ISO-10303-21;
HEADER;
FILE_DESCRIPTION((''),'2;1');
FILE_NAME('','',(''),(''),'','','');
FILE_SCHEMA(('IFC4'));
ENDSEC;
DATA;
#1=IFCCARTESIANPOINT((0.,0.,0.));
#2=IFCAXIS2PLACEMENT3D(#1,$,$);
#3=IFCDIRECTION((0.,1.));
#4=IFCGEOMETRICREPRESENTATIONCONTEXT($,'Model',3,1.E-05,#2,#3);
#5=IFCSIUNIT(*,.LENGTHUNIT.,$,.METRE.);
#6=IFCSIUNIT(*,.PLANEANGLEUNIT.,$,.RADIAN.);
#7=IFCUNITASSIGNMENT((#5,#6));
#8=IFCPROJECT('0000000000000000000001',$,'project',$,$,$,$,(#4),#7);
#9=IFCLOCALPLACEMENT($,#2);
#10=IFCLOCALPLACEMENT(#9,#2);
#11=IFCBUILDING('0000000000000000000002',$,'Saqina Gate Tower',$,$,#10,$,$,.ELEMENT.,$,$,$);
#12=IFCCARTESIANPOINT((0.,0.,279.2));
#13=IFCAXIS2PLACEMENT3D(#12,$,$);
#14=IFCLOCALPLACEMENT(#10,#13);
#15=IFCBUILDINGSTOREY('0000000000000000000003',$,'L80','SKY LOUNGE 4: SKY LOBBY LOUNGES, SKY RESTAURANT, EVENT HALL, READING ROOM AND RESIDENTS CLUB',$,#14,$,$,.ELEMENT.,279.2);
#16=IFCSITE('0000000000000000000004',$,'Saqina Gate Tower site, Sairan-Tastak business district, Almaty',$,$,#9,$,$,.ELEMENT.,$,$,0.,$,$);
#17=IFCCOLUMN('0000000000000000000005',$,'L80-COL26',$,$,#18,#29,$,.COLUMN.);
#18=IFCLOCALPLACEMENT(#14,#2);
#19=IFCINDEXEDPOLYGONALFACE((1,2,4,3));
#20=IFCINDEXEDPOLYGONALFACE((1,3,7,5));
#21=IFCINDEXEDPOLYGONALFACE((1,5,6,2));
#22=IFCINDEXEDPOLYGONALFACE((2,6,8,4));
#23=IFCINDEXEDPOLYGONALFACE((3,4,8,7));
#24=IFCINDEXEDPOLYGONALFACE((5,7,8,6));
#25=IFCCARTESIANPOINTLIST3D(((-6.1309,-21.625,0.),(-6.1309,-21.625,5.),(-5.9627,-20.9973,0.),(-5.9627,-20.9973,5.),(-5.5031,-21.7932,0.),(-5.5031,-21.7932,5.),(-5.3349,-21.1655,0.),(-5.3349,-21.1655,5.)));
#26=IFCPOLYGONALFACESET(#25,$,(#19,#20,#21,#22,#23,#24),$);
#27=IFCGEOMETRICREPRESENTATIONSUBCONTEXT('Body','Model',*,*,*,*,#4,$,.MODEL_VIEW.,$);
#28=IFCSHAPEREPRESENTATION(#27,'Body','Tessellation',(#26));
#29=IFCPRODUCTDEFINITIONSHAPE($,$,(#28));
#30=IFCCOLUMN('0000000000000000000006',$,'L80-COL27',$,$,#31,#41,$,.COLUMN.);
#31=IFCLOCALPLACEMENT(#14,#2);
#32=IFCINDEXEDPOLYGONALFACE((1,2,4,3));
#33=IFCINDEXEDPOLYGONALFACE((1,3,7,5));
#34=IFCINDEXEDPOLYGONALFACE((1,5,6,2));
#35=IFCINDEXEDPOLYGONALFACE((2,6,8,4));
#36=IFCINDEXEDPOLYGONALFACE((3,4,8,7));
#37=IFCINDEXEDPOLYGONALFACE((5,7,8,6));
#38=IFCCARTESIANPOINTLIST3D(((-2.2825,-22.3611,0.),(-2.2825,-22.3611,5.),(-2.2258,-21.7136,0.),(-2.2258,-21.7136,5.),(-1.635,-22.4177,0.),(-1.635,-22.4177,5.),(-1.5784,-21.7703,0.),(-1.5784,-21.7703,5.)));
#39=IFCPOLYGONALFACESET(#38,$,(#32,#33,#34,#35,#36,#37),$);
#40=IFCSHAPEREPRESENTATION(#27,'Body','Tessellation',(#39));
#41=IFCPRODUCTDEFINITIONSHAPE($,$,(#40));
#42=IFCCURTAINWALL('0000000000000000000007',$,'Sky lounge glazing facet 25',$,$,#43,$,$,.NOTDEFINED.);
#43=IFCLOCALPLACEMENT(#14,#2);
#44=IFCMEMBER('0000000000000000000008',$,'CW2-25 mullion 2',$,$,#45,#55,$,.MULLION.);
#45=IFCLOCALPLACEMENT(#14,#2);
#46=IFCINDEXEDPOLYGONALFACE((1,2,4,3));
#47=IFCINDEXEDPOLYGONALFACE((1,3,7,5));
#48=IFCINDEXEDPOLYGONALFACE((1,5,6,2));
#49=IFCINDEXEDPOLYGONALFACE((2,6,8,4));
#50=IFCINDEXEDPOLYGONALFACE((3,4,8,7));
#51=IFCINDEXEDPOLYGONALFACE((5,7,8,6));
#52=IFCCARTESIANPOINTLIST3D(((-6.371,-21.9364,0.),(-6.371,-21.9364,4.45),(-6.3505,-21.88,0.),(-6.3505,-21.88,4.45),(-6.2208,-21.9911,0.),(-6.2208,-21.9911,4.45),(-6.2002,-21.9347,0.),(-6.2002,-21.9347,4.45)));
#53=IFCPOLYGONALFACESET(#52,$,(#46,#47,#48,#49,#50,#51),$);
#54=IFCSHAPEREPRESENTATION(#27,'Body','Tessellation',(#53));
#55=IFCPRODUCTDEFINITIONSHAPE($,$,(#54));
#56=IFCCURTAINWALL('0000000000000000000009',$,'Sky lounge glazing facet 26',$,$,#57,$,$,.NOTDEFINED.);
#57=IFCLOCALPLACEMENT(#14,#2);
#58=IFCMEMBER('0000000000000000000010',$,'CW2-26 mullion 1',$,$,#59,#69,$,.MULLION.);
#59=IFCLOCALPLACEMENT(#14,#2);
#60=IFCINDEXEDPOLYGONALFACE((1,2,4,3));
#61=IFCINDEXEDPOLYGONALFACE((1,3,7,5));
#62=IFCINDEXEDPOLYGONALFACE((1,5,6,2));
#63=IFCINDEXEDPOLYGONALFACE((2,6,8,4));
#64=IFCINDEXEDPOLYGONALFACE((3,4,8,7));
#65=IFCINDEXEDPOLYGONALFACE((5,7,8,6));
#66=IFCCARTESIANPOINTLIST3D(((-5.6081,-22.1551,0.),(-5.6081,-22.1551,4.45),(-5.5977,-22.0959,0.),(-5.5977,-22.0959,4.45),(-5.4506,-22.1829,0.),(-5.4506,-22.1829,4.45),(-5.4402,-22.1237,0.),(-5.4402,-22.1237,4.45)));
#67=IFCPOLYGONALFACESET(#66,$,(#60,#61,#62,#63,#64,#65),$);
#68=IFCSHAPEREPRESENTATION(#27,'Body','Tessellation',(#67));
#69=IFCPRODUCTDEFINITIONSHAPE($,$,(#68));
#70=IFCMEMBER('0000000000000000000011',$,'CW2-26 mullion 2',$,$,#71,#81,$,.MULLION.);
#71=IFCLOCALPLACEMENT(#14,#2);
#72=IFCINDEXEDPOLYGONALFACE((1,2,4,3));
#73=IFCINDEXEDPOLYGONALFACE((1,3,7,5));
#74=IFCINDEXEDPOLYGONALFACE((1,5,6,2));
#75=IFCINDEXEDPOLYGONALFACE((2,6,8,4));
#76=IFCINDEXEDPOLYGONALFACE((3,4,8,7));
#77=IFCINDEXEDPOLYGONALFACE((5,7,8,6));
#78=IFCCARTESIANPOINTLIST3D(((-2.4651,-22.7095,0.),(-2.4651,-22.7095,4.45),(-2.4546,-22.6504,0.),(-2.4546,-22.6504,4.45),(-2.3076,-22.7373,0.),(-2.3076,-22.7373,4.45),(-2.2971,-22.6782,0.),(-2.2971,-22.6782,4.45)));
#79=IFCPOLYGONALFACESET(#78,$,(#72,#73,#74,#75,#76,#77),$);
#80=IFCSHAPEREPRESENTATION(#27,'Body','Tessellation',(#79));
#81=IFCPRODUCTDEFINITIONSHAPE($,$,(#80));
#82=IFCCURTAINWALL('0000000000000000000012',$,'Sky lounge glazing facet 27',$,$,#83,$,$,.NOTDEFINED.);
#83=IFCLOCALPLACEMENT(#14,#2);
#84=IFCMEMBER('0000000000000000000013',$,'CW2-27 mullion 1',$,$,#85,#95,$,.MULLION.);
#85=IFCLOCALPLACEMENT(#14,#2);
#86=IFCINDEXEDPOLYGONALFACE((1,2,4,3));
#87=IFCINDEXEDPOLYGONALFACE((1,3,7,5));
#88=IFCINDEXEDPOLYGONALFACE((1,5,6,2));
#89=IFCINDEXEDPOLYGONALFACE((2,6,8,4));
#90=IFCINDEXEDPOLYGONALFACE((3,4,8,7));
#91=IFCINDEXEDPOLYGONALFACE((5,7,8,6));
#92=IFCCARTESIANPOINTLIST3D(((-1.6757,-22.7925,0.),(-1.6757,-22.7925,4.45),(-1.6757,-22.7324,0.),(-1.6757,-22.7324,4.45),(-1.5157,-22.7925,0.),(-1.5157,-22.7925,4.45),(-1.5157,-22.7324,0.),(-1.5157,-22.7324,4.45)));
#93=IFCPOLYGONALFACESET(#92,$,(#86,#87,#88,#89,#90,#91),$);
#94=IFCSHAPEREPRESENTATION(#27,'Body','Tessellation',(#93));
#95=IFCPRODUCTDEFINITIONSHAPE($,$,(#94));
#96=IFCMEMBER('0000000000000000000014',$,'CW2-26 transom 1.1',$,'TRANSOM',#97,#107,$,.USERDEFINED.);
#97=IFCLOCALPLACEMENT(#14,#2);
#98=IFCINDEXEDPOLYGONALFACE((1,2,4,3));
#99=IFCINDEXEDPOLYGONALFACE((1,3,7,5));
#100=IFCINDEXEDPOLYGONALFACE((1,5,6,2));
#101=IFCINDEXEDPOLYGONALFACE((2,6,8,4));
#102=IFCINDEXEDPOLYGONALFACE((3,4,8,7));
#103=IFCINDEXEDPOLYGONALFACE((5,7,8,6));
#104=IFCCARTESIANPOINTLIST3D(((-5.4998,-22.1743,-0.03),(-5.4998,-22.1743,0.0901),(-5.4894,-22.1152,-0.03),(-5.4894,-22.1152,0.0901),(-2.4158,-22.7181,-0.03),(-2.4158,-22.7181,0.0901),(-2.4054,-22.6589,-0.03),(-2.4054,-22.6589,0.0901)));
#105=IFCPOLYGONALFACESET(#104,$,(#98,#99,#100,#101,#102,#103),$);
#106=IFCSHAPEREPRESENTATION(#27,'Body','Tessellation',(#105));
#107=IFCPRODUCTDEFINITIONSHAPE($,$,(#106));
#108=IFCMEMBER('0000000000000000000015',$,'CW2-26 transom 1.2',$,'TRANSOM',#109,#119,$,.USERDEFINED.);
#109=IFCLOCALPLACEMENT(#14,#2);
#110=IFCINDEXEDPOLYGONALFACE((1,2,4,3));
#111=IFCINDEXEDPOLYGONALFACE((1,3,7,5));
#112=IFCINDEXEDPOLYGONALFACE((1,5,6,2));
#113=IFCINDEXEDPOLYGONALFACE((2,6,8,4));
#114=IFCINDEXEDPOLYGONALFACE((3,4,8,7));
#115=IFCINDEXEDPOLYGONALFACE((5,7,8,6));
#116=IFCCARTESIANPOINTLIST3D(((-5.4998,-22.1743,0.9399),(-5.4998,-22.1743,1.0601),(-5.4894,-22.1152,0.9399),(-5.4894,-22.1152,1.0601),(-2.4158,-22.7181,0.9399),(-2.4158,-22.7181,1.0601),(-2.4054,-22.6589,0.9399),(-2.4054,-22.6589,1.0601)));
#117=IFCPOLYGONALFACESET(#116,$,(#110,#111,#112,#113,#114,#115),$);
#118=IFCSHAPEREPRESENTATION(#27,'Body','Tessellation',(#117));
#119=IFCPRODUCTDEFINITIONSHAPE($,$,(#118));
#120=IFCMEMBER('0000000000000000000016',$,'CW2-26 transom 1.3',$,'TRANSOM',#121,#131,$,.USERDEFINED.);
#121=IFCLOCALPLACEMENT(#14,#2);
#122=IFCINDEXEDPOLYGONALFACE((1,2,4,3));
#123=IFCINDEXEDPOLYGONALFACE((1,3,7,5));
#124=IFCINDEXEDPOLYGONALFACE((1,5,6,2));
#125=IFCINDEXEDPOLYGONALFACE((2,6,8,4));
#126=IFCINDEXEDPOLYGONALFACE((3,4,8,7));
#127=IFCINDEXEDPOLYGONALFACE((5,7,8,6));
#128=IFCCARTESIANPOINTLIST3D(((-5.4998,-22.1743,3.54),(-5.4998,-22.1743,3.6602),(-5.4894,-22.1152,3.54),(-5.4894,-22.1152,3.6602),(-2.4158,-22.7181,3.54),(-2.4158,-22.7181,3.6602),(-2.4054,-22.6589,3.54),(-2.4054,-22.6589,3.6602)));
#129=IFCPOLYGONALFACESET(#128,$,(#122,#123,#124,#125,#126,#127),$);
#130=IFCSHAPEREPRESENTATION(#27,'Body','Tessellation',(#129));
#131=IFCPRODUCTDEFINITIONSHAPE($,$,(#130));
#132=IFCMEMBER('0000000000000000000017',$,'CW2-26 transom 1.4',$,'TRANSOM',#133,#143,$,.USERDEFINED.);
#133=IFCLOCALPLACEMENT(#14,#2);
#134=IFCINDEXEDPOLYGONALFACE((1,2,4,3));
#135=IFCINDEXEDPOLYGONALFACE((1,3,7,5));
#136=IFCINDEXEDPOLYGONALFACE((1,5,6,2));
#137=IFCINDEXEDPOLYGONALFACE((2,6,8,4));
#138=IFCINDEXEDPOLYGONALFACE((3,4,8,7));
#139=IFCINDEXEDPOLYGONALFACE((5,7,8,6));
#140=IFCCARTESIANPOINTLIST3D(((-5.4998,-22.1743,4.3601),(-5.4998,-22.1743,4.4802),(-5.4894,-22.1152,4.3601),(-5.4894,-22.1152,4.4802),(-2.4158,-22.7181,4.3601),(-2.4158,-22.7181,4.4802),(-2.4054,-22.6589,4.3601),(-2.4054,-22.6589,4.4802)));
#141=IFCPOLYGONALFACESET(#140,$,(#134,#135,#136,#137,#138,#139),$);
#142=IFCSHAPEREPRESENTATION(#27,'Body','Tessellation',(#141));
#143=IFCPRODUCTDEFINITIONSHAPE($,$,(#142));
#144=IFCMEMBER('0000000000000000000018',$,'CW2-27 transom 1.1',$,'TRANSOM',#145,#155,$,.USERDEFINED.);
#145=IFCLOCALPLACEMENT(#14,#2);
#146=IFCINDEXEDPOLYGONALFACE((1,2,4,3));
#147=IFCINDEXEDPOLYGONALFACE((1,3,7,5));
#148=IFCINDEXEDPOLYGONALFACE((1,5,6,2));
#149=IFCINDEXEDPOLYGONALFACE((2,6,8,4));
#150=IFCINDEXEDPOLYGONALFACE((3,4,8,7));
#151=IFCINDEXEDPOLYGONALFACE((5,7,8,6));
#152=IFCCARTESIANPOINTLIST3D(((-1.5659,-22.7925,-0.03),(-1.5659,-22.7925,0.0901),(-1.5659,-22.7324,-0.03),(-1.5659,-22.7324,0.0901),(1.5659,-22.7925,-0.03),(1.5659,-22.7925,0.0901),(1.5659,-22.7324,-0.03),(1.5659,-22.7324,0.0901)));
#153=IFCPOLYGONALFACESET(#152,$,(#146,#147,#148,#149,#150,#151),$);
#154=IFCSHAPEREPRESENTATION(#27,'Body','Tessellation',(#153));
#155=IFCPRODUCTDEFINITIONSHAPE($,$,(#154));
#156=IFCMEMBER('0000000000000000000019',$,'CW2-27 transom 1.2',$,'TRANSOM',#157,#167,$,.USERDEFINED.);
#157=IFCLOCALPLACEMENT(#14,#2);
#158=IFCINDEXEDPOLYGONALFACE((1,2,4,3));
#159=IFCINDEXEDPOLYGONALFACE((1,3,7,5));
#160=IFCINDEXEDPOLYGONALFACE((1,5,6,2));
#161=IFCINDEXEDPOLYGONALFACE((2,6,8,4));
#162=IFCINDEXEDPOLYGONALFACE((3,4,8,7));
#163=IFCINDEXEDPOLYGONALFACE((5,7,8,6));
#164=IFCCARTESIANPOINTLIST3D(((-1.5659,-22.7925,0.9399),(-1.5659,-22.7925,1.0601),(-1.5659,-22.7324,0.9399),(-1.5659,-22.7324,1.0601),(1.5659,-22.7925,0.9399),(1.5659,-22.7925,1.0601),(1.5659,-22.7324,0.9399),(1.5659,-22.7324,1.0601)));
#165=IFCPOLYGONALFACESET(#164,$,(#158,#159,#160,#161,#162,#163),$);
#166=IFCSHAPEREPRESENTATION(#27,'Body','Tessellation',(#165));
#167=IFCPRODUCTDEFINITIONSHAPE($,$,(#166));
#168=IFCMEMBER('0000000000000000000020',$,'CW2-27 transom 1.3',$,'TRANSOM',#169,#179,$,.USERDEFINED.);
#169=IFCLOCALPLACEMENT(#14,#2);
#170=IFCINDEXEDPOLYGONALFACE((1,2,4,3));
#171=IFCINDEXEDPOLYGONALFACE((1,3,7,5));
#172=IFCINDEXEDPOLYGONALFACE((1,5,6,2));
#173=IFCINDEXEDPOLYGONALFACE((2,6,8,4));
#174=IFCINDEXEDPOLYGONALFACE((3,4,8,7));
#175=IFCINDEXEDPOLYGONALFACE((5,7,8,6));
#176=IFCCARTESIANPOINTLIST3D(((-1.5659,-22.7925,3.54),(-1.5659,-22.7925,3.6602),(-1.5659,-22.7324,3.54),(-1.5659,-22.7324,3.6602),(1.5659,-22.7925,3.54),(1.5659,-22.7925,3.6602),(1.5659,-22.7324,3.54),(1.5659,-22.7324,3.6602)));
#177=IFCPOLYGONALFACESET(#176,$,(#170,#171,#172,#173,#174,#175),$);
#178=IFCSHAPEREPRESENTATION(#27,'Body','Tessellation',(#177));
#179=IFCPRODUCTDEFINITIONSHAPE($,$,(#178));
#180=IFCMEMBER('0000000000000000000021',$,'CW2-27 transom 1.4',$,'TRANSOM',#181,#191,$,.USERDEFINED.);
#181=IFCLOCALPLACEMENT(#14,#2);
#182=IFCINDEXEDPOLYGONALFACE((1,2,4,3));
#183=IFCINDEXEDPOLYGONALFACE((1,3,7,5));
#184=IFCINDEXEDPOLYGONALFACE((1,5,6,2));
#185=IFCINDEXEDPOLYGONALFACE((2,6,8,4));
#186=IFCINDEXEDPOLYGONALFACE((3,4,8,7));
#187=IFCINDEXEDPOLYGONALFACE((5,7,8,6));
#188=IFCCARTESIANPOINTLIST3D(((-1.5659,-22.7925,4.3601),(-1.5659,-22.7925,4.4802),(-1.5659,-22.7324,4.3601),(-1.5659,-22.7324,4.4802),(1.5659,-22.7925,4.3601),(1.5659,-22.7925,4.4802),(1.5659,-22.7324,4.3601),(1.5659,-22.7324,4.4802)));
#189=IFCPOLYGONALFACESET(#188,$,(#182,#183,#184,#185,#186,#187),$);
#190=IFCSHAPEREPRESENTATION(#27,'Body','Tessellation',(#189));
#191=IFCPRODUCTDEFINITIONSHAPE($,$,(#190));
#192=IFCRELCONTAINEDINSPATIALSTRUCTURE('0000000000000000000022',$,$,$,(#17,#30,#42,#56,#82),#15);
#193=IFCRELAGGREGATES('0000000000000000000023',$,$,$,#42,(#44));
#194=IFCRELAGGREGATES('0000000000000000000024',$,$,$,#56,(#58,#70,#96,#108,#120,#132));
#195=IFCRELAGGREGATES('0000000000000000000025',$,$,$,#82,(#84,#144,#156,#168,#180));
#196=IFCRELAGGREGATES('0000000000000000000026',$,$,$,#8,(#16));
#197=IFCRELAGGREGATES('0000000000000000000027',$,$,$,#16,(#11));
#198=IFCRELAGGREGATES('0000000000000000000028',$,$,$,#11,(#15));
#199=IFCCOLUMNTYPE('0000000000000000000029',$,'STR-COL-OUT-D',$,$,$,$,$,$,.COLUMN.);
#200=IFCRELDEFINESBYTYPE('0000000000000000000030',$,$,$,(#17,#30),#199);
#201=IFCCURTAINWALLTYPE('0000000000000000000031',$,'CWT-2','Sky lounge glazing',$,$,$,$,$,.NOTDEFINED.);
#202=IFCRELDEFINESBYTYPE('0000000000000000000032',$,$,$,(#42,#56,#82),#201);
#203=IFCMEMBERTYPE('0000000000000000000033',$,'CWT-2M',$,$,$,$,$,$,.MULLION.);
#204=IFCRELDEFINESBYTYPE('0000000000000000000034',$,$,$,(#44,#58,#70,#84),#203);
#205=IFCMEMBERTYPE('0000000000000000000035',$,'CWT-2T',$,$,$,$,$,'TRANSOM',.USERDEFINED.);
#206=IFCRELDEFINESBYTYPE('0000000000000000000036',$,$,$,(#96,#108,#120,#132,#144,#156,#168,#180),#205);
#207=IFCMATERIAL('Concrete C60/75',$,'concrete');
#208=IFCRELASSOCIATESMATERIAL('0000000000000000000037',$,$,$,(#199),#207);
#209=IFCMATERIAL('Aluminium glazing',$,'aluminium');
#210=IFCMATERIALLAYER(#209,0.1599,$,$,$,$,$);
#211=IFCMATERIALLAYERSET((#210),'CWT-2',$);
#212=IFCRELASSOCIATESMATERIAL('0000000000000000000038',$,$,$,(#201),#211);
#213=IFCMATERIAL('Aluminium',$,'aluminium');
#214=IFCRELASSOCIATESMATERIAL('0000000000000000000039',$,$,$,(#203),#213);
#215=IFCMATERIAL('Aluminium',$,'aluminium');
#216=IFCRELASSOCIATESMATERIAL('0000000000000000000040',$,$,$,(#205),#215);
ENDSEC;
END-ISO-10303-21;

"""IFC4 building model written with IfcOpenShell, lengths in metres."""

from ifc_helpers import new_model, si_unit, direction, frame, origin, origin_2d, place, context, subcontext, project, spatial, rectangle, extrude, material, layer, layer_set, material_profile, profile_set, type_object, element, aggregate, save


model = new_model("IFC4")

# Units and contexts
model_context = context("Model", 3, precision=1e-05, world=origin(), true_north=direction((0.0, 1.0)))
body_context = subcontext(model_context, "Body", "Model", "MODEL_VIEW")
ifc_project = project(units=[si_unit("LENGTHUNIT", "METRE"), si_unit("PLANEANGLEUNIT", "RADIAN")], contexts=[model_context])

# Site, building, storey
site_placement = place(None, origin())
site = spatial("IfcSite", under=ifc_project, at=site_placement, Name="Saqina Gate Tower site, Sairan-Tastak business district, Almaty", CompositionType="ELEMENT", RefElevation=0.0)
building_placement = place(site_placement, origin())
building = spatial("IfcBuilding", under=site, at=building_placement, Name="Saqina Gate Tower", CompositionType="ELEMENT")
storey_placement = place(building_placement, frame((0.0, 0.0, 279.2)))
storey = spatial("IfcBuildingStorey", under=building, at=storey_placement, Name="L80", Description="SKY LOUNGE 4: SKY LOBBY LOUNGES, SKY RESTAURANT, EVENT HALL, READING ROOM AND RESIDENTS CLUB", CompositionType="ELEMENT", Elevation=279.2)

# Columns
ifc_material_1 = material(Name="Concrete C60/75", Category="concrete")
ifc_material_profile_1 = material_profile(ifc_material_1, rectangle(XDim=0.6499, YDim=0.6499, at=origin_2d()), Name="RC 650x650")
ifc_profile_set_1 = profile_set([ifc_material_profile_1], Name="Concrete C60/75")
column_type = type_object("IfcColumnType", Name="STR-COL-OUT-D", PredefinedType="COLUMN", material=ifc_profile_set_1)
for number, where, z_axis, x_axis, name in (
    (1, (-5.7329, -21.3953, 0.0), (0.0, 0.0, 1.0), (-0.258819, -0.965926, 0.0), "L80-COL26"),
    (2, (-1.9304, -22.0657, 0.0), (0.0, 0.0, 1.0), (-0.087156, -0.996195, 0.0), "L80-COL27"),
):
    element("IfcColumn", number, at=place(storey_placement, frame(where, z_axis=z_axis, x_axis=x_axis)), inside=storey, type_object=column_type, Name=name, PredefinedType="COLUMN", context=body_context, shape_type="SweptSolid", body=[
        extrude(rectangle(XDim=0.6499, YDim=0.6499, at=origin_2d()), origin(), (0.0, 0.0, 1.0), 5.0),
    ])

# Curtain wall, member
ifc_material_2 = material(Name="Aluminium glazing", Category="aluminium")
ifc_layer_1 = layer(ifc_material_2, 0.1599)
ifc_layer_set_1 = layer_set([ifc_layer_1], Name="CWT-2")
curtain_wall_type = type_object("IfcCurtainWallType", Name="CWT-2", Description="Sky lounge glazing", PredefinedType="NOTDEFINED", material=ifc_layer_set_1)
curtain_wall_1_placement = place(storey_placement, origin())
curtain_wall_1 = element("IfcCurtainWall", 3, at=curtain_wall_1_placement, inside=storey, type_object=curtain_wall_type, Name="Sky lounge glazing facet 25", PredefinedType="NOTDEFINED")
ifc_material_3 = material(Name="Aluminium", Category="aluminium")
ifc_material_profile_2 = material_profile(ifc_material_3, rectangle(XDim=0.0601, YDim=0.1599, at=origin_2d()), Name="Aluminium 60x160")
ifc_profile_set_2 = profile_set([ifc_material_profile_2], Name="Aluminium")
member_type_1 = type_object("IfcMemberType", Name="CWT-2M", PredefinedType="MULLION", material=ifc_profile_set_2)
member_1_placement = place(storey_placement, frame((-6.2856, -21.9355, 0.0), z_axis=(0.0, 0.0, 1.0), x_axis=(0.342007, 0.939697, 0.0)))
member_1 = element("IfcMember", 4, at=member_1_placement, type_object=member_type_1, Name="CW2-25 mullion 2", PredefinedType="MULLION", context=body_context, shape_type="SweptSolid", body=[
    extrude(rectangle(XDim=0.0601, YDim=0.1599, at=origin_2d()), origin(), (0.0, 0.0, 1.0), 4.45),
])
aggregate(curtain_wall_1, [member_1])

# Curtain wall, members
curtain_wall_2_placement = place(storey_placement, origin())
curtain_wall_2 = element("IfcCurtainWall", 5, at=curtain_wall_2_placement, inside=storey, type_object=curtain_wall_type, Name="Sky lounge glazing facet 26", PredefinedType="NOTDEFINED")
member_2_placement = place(storey_placement, frame((-5.5242, -22.1394, 0.0), z_axis=(0.0, 0.0, 1.0), x_axis=(0.173663, 0.984805, 0.0)))
member_2 = element("IfcMember", 6, at=member_2_placement, type_object=member_type_1, Name="CW2-26 mullion 1", PredefinedType="MULLION", context=body_context, shape_type="SweptSolid", body=[
    extrude(rectangle(XDim=0.0601, YDim=0.1599, at=origin_2d()), origin(), (0.0, 0.0, 1.0), 4.45),
])
member_3_placement = place(storey_placement, frame((-2.3811, -22.6938, 0.0), z_axis=(0.0, 0.0, 1.0), x_axis=(0.173663, 0.984805, 0.0)))
member_3 = element("IfcMember", 7, at=member_3_placement, type_object=member_type_1, Name="CW2-26 mullion 2", PredefinedType="MULLION", context=body_context, shape_type="SweptSolid", body=[
    extrude(rectangle(XDim=0.0601, YDim=0.1599, at=origin_2d()), origin(), (0.0, 0.0, 1.0), 4.45),
])

# Curtain wall, member
curtain_wall_3_placement = place(storey_placement, origin())
curtain_wall_3 = element("IfcCurtainWall", 8, at=curtain_wall_3_placement, inside=storey, type_object=curtain_wall_type, Name="Sky lounge glazing facet 27", PredefinedType="NOTDEFINED")
member_4_placement = place(storey_placement, frame((-1.5957, -22.7625, 0.0), z_axis=(0.0, 0.0, 1.0), x_axis=(0.0, 1.0, 0.0)))
member_4 = element("IfcMember", 9, at=member_4_placement, type_object=member_type_1, Name="CW2-27 mullion 1", PredefinedType="MULLION", context=body_context, shape_type="SweptSolid", body=[
    extrude(rectangle(XDim=0.0601, YDim=0.1599, at=origin_2d()), origin(), (0.0, 0.0, 1.0), 4.45),
])

# Members
ifc_material_4 = material(Name="Aluminium", Category="aluminium")
ifc_material_profile_3 = material_profile(ifc_material_4, rectangle(XDim=0.0601, YDim=0.1201, at=origin_2d()), Name="Aluminium 60x120")
ifc_profile_set_3 = profile_set([ifc_material_profile_3], Name="Aluminium")
member_type_2 = type_object("IfcMemberType", Name="CWT-2T", ElementType="TRANSOM", PredefinedType="USERDEFINED", material=ifc_profile_set_3)
member_5_placement = place(storey_placement, frame((-5.4946, -22.1448, 0.03), z_axis=(0.984813, -0.173621, 0.0), x_axis=(0.173621, 0.984813, 0.0)))
member_5 = element("IfcMember", 10, at=member_5_placement, type_object=member_type_2, Name="CW2-26 transom 1.1", ObjectType="TRANSOM", PredefinedType="USERDEFINED", context=body_context, shape_type="SweptSolid", body=[
    extrude(rectangle(XDim=0.0601, YDim=0.1201, at=origin_2d()), origin(), (0.0, 0.0, 1.0), 3.1316),
])
member_6_placement = place(storey_placement, frame((-5.4946, -22.1448, 1.0), z_axis=(0.984813, -0.173621, 0.0), x_axis=(0.173621, 0.984813, 0.0)))
member_6 = element("IfcMember", 11, at=member_6_placement, type_object=member_type_2, Name="CW2-26 transom 1.2", ObjectType="TRANSOM", PredefinedType="USERDEFINED", context=body_context, shape_type="SweptSolid", body=[
    extrude(rectangle(XDim=0.0601, YDim=0.1201, at=origin_2d()), origin(), (0.0, 0.0, 1.0), 3.1316),
])
member_7_placement = place(storey_placement, frame((-5.4946, -22.1448, 3.6001), z_axis=(0.984813, -0.173621, 0.0), x_axis=(0.173621, 0.984813, 0.0)))
member_7 = element("IfcMember", 12, at=member_7_placement, type_object=member_type_2, Name="CW2-26 transom 1.3", ObjectType="TRANSOM", PredefinedType="USERDEFINED", context=body_context, shape_type="SweptSolid", body=[
    extrude(rectangle(XDim=0.0601, YDim=0.1201, at=origin_2d()), origin(), (0.0, 0.0, 1.0), 3.1316),
])
member_8_placement = place(storey_placement, frame((-5.4946, -22.1448, 4.4202), z_axis=(0.984813, -0.173621, 0.0), x_axis=(0.173621, 0.984813, 0.0)))
member_8 = element("IfcMember", 13, at=member_8_placement, type_object=member_type_2, Name="CW2-26 transom 1.4", ObjectType="TRANSOM", PredefinedType="USERDEFINED", context=body_context, shape_type="SweptSolid", body=[
    extrude(rectangle(XDim=0.0601, YDim=0.1201, at=origin_2d()), origin(), (0.0, 0.0, 1.0), 3.1316),
])
member_9_placement = place(storey_placement, frame((-1.5659, -22.7625, 0.03), z_axis=(1.0, 0.0, 0.0), x_axis=(0.0, 1.0, 0.0)))
member_9 = element("IfcMember", 14, at=member_9_placement, type_object=member_type_2, Name="CW2-27 transom 1.1", ObjectType="TRANSOM", PredefinedType="USERDEFINED", context=body_context, shape_type="SweptSolid", body=[
    extrude(rectangle(XDim=0.0601, YDim=0.1201, at=origin_2d()), origin(), (0.0, 0.0, 1.0), 3.1318),
])
member_10_placement = place(storey_placement, frame((-1.5659, -22.7625, 1.0), z_axis=(1.0, 0.0, 0.0), x_axis=(0.0, 1.0, 0.0)))
member_10 = element("IfcMember", 15, at=member_10_placement, type_object=member_type_2, Name="CW2-27 transom 1.2", ObjectType="TRANSOM", PredefinedType="USERDEFINED", context=body_context, shape_type="SweptSolid", body=[
    extrude(rectangle(XDim=0.0601, YDim=0.1201, at=origin_2d()), origin(), (0.0, 0.0, 1.0), 3.1318),
])
member_11_placement = place(storey_placement, frame((-1.5659, -22.7625, 3.6001), z_axis=(1.0, 0.0, 0.0), x_axis=(0.0, 1.0, 0.0)))
member_11 = element("IfcMember", 16, at=member_11_placement, type_object=member_type_2, Name="CW2-27 transom 1.3", ObjectType="TRANSOM", PredefinedType="USERDEFINED", context=body_context, shape_type="SweptSolid", body=[
    extrude(rectangle(XDim=0.0601, YDim=0.1201, at=origin_2d()), origin(), (0.0, 0.0, 1.0), 3.1318),
])
member_12_placement = place(storey_placement, frame((-1.5659, -22.7625, 4.4202), z_axis=(1.0, 0.0, 0.0), x_axis=(0.0, 1.0, 0.0)))
member_12 = element("IfcMember", 17, at=member_12_placement, type_object=member_type_2, Name="CW2-27 transom 1.4", ObjectType="TRANSOM", PredefinedType="USERDEFINED", context=body_context, shape_type="SweptSolid", body=[
    extrude(rectangle(XDim=0.0601, YDim=0.1201, at=origin_2d()), origin(), (0.0, 0.0, 1.0), 3.1318),
])

aggregate(curtain_wall_2, [member_2, member_3, member_5, member_6, member_7, member_8])
aggregate(curtain_wall_3, [member_4, member_9, member_10, member_11, member_12])

save(model, "model.ifc")
